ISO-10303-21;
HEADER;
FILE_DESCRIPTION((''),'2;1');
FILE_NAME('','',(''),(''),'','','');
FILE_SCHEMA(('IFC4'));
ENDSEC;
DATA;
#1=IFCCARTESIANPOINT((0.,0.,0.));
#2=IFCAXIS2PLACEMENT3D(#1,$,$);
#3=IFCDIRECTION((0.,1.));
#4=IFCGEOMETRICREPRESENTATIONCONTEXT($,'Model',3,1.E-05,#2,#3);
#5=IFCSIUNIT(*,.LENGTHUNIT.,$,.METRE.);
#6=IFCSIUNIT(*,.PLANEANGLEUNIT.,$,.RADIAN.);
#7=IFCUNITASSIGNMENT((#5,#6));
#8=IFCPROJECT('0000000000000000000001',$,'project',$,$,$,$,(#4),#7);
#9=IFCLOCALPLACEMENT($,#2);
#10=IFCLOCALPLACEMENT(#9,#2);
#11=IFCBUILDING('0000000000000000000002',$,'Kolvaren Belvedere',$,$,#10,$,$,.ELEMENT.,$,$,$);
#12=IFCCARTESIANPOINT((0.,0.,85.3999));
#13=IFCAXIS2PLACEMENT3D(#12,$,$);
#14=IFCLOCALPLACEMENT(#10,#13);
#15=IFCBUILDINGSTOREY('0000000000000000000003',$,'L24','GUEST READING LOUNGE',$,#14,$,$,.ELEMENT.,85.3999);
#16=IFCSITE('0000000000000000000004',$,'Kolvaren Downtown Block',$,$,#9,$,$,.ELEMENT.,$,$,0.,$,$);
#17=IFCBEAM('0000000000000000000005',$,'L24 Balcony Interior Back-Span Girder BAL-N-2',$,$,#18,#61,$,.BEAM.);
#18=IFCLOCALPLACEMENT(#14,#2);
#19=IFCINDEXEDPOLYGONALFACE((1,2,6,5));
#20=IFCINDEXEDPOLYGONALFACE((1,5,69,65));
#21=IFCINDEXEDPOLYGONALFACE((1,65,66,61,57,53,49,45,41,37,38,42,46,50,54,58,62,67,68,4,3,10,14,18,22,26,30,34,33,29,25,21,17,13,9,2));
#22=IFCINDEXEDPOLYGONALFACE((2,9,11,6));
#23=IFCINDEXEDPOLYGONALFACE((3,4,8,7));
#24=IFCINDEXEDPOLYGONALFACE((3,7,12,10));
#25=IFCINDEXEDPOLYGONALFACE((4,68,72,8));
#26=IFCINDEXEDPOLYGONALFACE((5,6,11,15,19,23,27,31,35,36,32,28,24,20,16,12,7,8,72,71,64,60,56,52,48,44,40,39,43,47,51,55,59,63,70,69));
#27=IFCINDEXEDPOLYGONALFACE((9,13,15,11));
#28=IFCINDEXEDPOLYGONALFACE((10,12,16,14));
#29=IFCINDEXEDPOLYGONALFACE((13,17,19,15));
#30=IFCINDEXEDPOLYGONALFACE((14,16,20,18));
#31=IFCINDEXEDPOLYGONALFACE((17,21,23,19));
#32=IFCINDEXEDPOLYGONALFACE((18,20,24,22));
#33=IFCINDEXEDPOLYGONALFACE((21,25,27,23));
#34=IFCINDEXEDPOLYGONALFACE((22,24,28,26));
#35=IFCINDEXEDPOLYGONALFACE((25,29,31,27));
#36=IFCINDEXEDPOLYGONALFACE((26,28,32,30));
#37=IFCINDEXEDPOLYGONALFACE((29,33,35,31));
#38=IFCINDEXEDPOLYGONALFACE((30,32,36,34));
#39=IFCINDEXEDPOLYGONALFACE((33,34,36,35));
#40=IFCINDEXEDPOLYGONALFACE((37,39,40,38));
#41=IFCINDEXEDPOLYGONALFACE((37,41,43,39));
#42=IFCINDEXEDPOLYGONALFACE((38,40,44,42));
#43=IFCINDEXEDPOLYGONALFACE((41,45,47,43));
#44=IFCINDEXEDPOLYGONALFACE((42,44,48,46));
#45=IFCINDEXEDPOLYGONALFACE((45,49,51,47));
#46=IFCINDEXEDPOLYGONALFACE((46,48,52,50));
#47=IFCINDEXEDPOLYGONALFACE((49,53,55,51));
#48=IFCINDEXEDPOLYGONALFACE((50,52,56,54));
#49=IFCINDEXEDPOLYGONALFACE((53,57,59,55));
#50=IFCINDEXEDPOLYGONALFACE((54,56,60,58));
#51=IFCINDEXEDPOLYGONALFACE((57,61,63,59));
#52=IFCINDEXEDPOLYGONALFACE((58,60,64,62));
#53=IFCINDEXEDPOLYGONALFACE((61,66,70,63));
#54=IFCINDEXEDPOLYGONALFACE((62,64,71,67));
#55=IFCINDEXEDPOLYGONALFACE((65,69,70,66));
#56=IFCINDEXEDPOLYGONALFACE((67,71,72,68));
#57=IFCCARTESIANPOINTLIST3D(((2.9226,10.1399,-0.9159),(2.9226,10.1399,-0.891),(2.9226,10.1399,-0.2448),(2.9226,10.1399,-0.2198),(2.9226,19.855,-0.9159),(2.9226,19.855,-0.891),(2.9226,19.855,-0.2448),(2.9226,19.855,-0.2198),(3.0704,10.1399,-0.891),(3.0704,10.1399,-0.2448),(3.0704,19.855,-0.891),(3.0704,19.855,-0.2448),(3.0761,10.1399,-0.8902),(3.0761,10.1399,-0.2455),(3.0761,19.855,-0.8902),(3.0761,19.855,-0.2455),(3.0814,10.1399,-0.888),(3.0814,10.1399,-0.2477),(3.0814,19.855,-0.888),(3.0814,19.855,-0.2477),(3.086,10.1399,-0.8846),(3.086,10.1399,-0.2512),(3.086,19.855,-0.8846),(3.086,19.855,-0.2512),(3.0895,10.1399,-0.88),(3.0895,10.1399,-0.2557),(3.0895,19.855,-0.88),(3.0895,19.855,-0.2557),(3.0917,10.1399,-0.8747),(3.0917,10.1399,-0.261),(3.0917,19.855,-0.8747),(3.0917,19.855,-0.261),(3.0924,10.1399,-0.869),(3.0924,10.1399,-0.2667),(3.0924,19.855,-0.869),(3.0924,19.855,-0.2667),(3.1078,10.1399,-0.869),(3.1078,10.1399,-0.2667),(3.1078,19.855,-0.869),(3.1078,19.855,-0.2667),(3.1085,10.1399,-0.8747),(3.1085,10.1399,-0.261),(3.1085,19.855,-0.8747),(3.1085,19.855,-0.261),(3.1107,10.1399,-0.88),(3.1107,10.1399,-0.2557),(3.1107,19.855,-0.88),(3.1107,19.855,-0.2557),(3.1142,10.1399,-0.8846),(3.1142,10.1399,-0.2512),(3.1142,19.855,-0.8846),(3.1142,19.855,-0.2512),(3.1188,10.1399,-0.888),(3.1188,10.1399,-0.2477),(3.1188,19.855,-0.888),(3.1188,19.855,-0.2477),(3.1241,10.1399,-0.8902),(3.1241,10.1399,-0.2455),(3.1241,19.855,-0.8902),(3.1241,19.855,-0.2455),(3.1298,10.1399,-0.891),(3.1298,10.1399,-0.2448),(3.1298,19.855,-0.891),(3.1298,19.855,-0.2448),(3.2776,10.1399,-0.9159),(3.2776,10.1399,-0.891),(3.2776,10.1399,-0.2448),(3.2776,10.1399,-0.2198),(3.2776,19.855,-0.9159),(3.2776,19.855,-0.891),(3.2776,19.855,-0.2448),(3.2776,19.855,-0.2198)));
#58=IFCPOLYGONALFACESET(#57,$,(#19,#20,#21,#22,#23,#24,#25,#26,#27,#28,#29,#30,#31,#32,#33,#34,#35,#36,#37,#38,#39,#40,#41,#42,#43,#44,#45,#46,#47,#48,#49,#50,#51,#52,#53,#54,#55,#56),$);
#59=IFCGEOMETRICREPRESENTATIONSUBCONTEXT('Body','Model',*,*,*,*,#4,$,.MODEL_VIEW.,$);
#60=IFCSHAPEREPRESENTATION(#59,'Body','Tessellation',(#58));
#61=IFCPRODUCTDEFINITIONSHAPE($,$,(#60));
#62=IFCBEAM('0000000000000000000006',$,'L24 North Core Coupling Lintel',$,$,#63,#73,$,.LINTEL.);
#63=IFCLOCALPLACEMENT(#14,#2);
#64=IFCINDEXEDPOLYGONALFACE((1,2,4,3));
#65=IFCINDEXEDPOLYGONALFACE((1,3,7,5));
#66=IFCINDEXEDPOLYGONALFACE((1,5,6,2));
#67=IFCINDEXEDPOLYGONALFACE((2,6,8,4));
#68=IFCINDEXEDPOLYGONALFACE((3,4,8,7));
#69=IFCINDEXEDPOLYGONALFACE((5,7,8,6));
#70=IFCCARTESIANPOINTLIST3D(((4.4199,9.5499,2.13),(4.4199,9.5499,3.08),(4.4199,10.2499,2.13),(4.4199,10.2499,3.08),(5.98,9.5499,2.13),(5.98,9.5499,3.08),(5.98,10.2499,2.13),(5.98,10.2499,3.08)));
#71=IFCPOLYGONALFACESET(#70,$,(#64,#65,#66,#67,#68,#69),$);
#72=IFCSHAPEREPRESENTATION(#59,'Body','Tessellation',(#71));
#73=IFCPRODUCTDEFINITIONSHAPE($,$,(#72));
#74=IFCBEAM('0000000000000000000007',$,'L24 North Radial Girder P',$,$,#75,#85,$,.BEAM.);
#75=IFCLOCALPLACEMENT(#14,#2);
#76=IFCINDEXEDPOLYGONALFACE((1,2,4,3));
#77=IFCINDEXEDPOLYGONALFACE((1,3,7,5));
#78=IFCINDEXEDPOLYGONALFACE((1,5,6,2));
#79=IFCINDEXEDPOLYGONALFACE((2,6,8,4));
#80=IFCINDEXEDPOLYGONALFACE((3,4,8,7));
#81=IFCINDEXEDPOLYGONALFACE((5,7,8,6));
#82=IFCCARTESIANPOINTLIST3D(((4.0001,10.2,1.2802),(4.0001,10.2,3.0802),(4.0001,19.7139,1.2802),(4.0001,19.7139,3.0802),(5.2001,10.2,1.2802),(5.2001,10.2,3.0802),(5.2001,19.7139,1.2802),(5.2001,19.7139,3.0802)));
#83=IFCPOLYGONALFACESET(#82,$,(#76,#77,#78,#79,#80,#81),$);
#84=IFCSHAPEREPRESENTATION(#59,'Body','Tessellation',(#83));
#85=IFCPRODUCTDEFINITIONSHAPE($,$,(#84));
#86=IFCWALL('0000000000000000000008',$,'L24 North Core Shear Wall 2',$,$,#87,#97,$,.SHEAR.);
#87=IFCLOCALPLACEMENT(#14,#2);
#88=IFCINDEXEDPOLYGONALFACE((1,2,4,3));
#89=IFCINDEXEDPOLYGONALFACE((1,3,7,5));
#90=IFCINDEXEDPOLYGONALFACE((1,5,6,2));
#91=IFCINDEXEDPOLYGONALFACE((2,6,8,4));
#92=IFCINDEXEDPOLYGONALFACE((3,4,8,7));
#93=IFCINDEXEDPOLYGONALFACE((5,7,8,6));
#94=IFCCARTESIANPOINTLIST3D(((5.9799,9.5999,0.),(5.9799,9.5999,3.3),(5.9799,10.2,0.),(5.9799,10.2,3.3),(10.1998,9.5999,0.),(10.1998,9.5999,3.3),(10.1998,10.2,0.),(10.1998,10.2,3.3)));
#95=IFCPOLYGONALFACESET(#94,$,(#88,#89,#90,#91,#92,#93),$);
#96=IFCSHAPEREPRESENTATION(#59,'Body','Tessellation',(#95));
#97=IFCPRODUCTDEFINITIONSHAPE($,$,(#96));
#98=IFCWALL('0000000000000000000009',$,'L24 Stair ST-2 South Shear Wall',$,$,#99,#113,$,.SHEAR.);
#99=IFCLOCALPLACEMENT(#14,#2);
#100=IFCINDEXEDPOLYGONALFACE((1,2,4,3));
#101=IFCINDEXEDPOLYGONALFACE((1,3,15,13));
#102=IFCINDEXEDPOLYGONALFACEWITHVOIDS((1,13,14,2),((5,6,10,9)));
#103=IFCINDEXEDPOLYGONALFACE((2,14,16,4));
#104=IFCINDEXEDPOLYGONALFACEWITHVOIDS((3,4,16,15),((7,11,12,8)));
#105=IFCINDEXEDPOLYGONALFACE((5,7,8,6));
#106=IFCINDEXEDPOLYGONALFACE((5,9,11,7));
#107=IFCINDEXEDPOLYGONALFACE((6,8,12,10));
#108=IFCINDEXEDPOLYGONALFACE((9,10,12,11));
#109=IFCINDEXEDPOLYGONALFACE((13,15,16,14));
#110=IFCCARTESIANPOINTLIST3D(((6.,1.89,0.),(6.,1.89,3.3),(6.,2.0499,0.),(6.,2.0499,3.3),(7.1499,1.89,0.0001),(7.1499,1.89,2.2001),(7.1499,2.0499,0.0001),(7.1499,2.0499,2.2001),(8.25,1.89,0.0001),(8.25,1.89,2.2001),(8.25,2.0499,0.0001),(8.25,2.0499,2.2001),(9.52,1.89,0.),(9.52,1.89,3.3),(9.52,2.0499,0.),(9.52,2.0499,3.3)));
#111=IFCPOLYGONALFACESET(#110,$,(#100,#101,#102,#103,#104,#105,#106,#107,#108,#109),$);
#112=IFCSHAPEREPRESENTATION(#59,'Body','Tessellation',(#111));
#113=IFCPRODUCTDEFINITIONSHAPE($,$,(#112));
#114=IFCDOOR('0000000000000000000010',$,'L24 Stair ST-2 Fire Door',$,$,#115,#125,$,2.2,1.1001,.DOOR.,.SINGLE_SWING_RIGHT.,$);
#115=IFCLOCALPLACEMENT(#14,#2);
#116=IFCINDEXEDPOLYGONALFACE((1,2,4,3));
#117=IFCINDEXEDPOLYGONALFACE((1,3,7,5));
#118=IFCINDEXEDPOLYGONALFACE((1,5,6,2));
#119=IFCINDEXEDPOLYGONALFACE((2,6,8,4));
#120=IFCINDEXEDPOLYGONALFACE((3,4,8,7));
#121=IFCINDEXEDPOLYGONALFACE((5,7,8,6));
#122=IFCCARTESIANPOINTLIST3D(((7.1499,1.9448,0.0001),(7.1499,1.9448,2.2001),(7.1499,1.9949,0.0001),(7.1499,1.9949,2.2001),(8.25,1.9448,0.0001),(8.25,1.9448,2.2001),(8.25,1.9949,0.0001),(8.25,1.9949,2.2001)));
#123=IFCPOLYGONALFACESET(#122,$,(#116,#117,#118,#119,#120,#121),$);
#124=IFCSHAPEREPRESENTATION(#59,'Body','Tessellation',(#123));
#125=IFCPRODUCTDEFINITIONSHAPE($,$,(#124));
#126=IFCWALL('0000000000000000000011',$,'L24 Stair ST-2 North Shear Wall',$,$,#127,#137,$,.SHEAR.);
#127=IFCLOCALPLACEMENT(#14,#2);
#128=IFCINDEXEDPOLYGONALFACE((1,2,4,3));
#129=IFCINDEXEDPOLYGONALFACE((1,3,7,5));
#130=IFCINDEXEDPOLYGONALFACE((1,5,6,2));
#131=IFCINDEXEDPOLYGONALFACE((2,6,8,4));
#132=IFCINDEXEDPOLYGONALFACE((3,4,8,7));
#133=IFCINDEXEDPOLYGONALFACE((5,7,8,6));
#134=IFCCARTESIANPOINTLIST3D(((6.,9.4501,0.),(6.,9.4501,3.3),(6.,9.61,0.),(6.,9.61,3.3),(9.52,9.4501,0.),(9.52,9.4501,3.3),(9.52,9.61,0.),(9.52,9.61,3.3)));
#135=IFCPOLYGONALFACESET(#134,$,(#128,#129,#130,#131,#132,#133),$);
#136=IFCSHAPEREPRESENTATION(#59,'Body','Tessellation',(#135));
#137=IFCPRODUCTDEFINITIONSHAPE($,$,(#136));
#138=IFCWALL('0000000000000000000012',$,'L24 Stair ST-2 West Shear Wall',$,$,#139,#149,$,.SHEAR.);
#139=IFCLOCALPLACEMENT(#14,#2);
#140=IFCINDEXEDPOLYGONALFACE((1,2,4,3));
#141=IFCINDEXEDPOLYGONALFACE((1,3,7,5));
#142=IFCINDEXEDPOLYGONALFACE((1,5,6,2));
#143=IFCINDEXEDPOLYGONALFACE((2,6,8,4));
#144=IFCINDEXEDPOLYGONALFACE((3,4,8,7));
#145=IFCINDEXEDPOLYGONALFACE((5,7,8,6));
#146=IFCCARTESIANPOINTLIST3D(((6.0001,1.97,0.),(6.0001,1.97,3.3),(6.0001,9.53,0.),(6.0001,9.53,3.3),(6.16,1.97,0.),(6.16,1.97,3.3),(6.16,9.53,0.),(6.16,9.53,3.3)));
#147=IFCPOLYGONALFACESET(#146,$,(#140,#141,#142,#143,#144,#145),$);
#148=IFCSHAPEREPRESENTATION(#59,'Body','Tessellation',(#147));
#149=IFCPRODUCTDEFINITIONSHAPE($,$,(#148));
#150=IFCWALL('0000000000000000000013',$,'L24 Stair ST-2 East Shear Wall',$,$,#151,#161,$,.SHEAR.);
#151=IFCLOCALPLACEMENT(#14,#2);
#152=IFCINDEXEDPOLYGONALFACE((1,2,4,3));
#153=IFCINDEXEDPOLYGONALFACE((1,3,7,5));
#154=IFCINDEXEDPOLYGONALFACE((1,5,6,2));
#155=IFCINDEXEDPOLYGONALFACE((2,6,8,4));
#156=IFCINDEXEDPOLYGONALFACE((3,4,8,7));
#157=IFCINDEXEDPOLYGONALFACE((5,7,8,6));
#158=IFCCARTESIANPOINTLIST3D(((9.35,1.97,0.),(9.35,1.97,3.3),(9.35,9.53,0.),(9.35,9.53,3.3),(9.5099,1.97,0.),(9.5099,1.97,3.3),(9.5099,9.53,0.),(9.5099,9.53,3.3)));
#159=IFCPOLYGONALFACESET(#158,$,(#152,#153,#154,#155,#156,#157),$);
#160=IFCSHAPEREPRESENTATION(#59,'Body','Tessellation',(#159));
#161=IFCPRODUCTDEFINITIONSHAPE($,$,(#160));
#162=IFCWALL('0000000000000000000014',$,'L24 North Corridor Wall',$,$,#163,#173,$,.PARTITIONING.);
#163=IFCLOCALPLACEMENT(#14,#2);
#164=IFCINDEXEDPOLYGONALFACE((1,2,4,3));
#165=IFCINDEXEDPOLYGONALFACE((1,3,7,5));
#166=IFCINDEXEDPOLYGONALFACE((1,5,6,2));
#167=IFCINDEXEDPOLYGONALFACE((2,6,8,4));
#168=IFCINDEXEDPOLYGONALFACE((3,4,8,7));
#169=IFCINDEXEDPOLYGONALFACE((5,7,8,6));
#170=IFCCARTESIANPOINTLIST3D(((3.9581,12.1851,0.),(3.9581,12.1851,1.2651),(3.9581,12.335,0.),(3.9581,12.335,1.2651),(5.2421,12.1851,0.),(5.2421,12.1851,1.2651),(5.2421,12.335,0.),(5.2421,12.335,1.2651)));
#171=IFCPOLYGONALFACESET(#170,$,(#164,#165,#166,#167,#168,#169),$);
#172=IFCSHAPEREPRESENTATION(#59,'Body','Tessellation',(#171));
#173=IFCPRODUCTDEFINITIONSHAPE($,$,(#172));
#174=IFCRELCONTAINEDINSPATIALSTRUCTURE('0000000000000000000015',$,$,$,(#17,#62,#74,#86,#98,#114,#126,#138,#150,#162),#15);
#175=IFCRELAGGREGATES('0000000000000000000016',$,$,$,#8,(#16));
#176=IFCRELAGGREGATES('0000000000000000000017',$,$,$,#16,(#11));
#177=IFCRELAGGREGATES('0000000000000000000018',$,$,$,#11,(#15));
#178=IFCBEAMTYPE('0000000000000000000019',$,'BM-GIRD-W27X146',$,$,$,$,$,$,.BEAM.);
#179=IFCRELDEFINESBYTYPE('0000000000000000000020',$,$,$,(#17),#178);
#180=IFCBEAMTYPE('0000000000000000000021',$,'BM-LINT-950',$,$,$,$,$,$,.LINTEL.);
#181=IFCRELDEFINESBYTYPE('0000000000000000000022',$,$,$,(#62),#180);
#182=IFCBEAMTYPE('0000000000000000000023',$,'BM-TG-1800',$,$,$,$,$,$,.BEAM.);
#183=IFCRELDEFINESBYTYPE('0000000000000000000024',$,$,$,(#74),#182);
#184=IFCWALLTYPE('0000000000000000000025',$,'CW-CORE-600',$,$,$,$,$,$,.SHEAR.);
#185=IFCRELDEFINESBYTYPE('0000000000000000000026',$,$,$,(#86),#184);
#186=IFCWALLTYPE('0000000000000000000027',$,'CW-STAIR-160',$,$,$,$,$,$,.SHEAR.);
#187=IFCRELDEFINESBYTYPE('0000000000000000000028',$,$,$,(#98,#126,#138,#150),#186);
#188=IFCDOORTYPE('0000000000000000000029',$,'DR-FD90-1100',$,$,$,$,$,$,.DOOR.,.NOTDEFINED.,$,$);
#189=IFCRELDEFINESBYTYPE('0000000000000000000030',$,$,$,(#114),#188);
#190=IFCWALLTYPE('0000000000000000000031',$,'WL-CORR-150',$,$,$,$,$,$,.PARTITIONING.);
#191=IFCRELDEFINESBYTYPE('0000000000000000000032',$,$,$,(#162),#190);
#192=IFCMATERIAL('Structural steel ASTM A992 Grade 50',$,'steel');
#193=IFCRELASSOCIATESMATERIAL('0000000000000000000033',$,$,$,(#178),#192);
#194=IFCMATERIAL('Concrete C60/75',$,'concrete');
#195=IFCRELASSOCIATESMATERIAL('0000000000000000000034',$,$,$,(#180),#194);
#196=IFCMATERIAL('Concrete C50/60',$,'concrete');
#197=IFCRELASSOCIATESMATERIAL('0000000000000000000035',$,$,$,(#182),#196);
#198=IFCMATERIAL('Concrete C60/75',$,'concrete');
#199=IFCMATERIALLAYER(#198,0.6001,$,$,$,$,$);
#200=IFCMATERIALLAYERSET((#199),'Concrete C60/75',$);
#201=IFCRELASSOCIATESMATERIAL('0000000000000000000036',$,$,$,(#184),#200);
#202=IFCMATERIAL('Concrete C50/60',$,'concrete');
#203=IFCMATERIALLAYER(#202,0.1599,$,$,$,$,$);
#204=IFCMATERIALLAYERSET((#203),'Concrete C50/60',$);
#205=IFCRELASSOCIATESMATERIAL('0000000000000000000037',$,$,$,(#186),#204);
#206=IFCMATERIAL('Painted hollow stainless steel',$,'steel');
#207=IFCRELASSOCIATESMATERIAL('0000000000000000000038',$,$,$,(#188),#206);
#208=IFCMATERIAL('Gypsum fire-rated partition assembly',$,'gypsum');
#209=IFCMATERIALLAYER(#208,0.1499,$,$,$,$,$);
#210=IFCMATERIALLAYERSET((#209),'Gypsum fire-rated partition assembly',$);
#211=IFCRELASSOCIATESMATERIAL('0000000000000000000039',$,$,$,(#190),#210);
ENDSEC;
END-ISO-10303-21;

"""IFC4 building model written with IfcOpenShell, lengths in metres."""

from ifc_helpers import new_model, si_unit, direction, frame, frame_2d, origin, origin_2d, place, context, subcontext, project, spatial, rectangle, i_section, extrude, material, layer, layer_set, material_profile, profile_set, type_object, element, fill, save


model = new_model("IFC4")

# Units and contexts
model_context = context("Model", 3, precision=1e-05, world=origin(), true_north=direction((0.0, 1.0)))
body_context = subcontext(model_context, "Body", "Model", "MODEL_VIEW")
ifc_project = project(units=[si_unit("LENGTHUNIT", "METRE"), si_unit("PLANEANGLEUNIT", "RADIAN")], contexts=[model_context])

# Site, building, storey
site_placement = place(None, origin())
site = spatial("IfcSite", under=ifc_project, at=site_placement, Name="Kolvaren Downtown Block", CompositionType="ELEMENT", RefElevation=0.0)
building_placement = place(site_placement, origin())
building = spatial("IfcBuilding", under=site, at=building_placement, Name="Kolvaren Belvedere", CompositionType="ELEMENT")
storey_placement = place(building_placement, frame((0.0, 0.0, 85.3999)))
storey = spatial("IfcBuildingStorey", under=building, at=storey_placement, Name="L24", Description="GUEST READING LOUNGE", CompositionType="ELEMENT", Elevation=85.3999)

# Beams
ifc_material_1 = material(Name="Structural steel ASTM A992 Grade 50", Category="steel")
ifc_material_profile_1 = material_profile(ifc_material_1, i_section(OverallWidth=0.355, OverallDepth=0.696, WebThickness=0.0154, FlangeThickness=0.0249, FilletRadius=0.022, at=origin_2d()), Name="W27X146")
ifc_profile_set_1 = profile_set([ifc_material_profile_1], Name="Structural steel ASTM A992 Grade 50")
beam_type_1 = type_object("IfcBeamType", Name="BM-GIRD-W27X146", PredefinedType="BEAM", material=ifc_profile_set_1)
beam_1_placement = place(storey_placement, frame((3.1001, 10.1399, -0.5679), z_axis=(0.0, 1.0, 0.0), x_axis=(-1.0, 0.0, 0.0)))
element("IfcBeam", 1, at=beam_1_placement, inside=storey, type_object=beam_type_1, Name="L24 Balcony Interior Back-Span Girder BAL-N-2", PredefinedType="BEAM", context=body_context, shape_type="SweptSolid", body=[
    extrude(i_section(OverallWidth=0.355, OverallDepth=0.696, WebThickness=0.0154, FlangeThickness=0.0249, FilletRadius=0.022, at=origin_2d()), origin(), (0.0, 0.0, 1.0), 9.7151),
])
ifc_material_2 = material(Name="Concrete C60/75", Category="concrete")
ifc_material_profile_2 = material_profile(ifc_material_2, rectangle(XDim=0.7, YDim=0.95, at=origin_2d()), Name="RC 700X950")
ifc_profile_set_2 = profile_set([ifc_material_profile_2], Name="Concrete C60/75")
beam_type_2 = type_object("IfcBeamType", Name="BM-LINT-950", PredefinedType="LINTEL", material=ifc_profile_set_2)
beam_2_placement = place(storey_placement, frame((4.4199, 9.8999, 2.605), z_axis=(1.0, 0.0, 0.0), x_axis=(0.0, 1.0, 0.0)))
element("IfcBeam", 2, at=beam_2_placement, inside=storey, type_object=beam_type_2, Name="L24 North Core Coupling Lintel", PredefinedType="LINTEL", context=body_context, shape_type="SweptSolid", body=[
    extrude(rectangle(XDim=0.7, YDim=0.95, at=origin_2d()), origin(), (0.0, 0.0, 1.0), 1.5601),
])
ifc_material_3 = material(Name="Concrete C50/60", Category="concrete")
ifc_material_profile_3 = material_profile(ifc_material_3, rectangle(XDim=1.2, YDim=1.8, at=origin_2d()), Name="RC 1200X1800")
ifc_profile_set_3 = profile_set([ifc_material_profile_3], Name="Concrete C50/60")
beam_type_3 = type_object("IfcBeamType", Name="BM-TG-1800", PredefinedType="BEAM", material=ifc_profile_set_3)
beam_3_placement = place(storey_placement, frame((4.6001, 10.2, 2.1802), z_axis=(0.0, 1.0, 0.0), x_axis=(-1.0, 0.0, 0.0)))
element("IfcBeam", 3, at=beam_3_placement, inside=storey, type_object=beam_type_3, Name="L24 North Radial Girder P", PredefinedType="BEAM", context=body_context, shape_type="SweptSolid", body=[
    extrude(rectangle(XDim=1.2, YDim=1.8, at=origin_2d()), origin(), (0.0, 0.0, 1.0), 9.5139),
])

# Wall
ifc_material_4 = material(Name="Concrete C60/75", Category="concrete")
ifc_layer_1 = layer(ifc_material_4, 0.6001)
ifc_layer_set_1 = layer_set([ifc_layer_1], Name="Concrete C60/75")
wall_type_1 = type_object("IfcWallType", Name="CW-CORE-600", PredefinedType="SHEAR", material=ifc_layer_set_1)
wall_1_placement = place(storey_placement, frame((5.98, 9.8999, 0.0), z_axis=(0.0, 0.0, 1.0), x_axis=(1.0, 0.0, 0.0)))
element("IfcWall", 4, at=wall_1_placement, inside=storey, type_object=wall_type_1, Name="L24 North Core Shear Wall 2", PredefinedType="SHEAR", context=body_context, shape_type="SweptSolid", body=[
    extrude(rectangle(XDim=4.22, YDim=0.6001, at=frame_2d((2.1099, 0.0))), origin(), (0.0, 0.0, 1.0), 3.3),
])

# Wall, opening, door
ifc_material_5 = material(Name="Concrete C50/60", Category="concrete")
ifc_layer_2 = layer(ifc_material_5, 0.1599)
ifc_layer_set_2 = layer_set([ifc_layer_2], Name="Concrete C50/60")
wall_type_2 = type_object("IfcWallType", Name="CW-STAIR-160", PredefinedType="SHEAR", material=ifc_layer_set_2)
wall_2_placement = place(storey_placement, frame((6.0, 1.97, 0.0), z_axis=(0.0, 0.0, 1.0), x_axis=(1.0, 0.0, 0.0)))
wall_2 = element("IfcWall", 5, at=wall_2_placement, inside=storey, type_object=wall_type_2, Name="L24 Stair ST-2 South Shear Wall", PredefinedType="SHEAR", context=body_context, shape_type="SweptSolid", body=[
    extrude(rectangle(XDim=3.52, YDim=0.1599, at=frame_2d((1.76, 0.0))), origin(), (0.0, 0.0, 1.0), 3.3),
])
opening_1_placement = place(wall_2_placement, frame((1.1499, 0.0, 0.0)))
opening_1 = element("IfcOpeningElement", 6, at=opening_1_placement, cuts=wall_2, PredefinedType="OPENING", context=body_context, shape_type="SweptSolid", body=[
    extrude(rectangle(XDim=1.1001, YDim=2.2, at=frame_2d((0.55, 1.1001))), frame((0.0, 0.0898, 0.0), z_axis=(0.0, -1.0, 0.0), x_axis=(1.0, 0.0, 0.0)), (0.0, 0.0, 1.0), 0.1799),
])
ifc_material_6 = material(Name="Painted hollow stainless steel", Category="steel")
door_type_1 = type_object("IfcDoorType", Name="DR-FD90-1100", OperationType="NOTDEFINED", PredefinedType="DOOR", material=ifc_material_6)
door_1_placement = place(opening_1_placement, origin())
door_1 = element("IfcDoor", 7, at=door_1_placement, inside=storey, type_object=door_type_1, Name="L24 Stair ST-2 Fire Door", OperationType="SINGLE_SWING_RIGHT", OverallHeight=2.2, OverallWidth=1.1001, PredefinedType="DOOR", context=body_context, shape_type="SweptSolid", body=[
    extrude(rectangle(XDim=1.1001, YDim=2.2, at=frame_2d((0.55, 1.1001))), frame((0.0, 0.0249, 0.0), z_axis=(0.0, -1.0, 0.0), x_axis=(1.0, 0.0, 0.0)), (0.0, 0.0, 1.0), 0.05),
])
fill(opening_1, door_1)

# Walls
wall_3_placement = place(storey_placement, frame((6.0, 9.53, 0.0), z_axis=(0.0, 0.0, 1.0), x_axis=(1.0, 0.0, 0.0)))
element("IfcWall", 8, at=wall_3_placement, inside=storey, type_object=wall_type_2, Name="L24 Stair ST-2 North Shear Wall", PredefinedType="SHEAR", context=body_context, shape_type="SweptSolid", body=[
    extrude(rectangle(XDim=3.52, YDim=0.1599, at=frame_2d((1.76, 0.0))), origin(), (0.0, 0.0, 1.0), 3.3),
])
for number, where, z_axis, x_axis, name in (
    (9, (6.0801, 1.97, 0.0), (0.0, 0.0, 1.0), (0.0, 1.0, 0.0), "L24 Stair ST-2 West Shear Wall"),
    (10, (9.4299, 1.97, 0.0), (0.0, 0.0, 1.0), (0.0, 1.0, 0.0), "L24 Stair ST-2 East Shear Wall"),
):
    element("IfcWall", number, at=place(storey_placement, frame(where, z_axis=z_axis, x_axis=x_axis)), inside=storey, type_object=wall_type_2, Name=name, PredefinedType="SHEAR", context=body_context, shape_type="SweptSolid", body=[
        extrude(rectangle(XDim=7.5601, YDim=0.1599, at=frame_2d((3.78, 0.0))), origin(), (0.0, 0.0, 1.0), 3.3),
    ])
ifc_material_7 = material(Name="Gypsum fire-rated partition assembly", Category="gypsum")
ifc_layer_3 = layer(ifc_material_7, 0.1499)
ifc_layer_set_3 = layer_set([ifc_layer_3], Name="Gypsum fire-rated partition assembly")
wall_type_3 = type_object("IfcWallType", Name="WL-CORR-150", PredefinedType="PARTITIONING", material=ifc_layer_set_3)
wall_4_placement = place(storey_placement, frame((3.958, 12.26, 0.0), z_axis=(0.0, 0.0, 1.0), x_axis=(1.0, 0.0, 0.0)))
element("IfcWall", 11, at=wall_4_placement, inside=storey, type_object=wall_type_3, Name="L24 North Corridor Wall", PredefinedType="PARTITIONING", context=body_context, shape_type="SweptSolid", body=[
    extrude(rectangle(XDim=1.2839, YDim=0.1499, at=frame_2d((0.6421, 0.0))), origin(), (0.0, 0.0, 1.0), 1.2651),
])

save(model, "model.ifc")
